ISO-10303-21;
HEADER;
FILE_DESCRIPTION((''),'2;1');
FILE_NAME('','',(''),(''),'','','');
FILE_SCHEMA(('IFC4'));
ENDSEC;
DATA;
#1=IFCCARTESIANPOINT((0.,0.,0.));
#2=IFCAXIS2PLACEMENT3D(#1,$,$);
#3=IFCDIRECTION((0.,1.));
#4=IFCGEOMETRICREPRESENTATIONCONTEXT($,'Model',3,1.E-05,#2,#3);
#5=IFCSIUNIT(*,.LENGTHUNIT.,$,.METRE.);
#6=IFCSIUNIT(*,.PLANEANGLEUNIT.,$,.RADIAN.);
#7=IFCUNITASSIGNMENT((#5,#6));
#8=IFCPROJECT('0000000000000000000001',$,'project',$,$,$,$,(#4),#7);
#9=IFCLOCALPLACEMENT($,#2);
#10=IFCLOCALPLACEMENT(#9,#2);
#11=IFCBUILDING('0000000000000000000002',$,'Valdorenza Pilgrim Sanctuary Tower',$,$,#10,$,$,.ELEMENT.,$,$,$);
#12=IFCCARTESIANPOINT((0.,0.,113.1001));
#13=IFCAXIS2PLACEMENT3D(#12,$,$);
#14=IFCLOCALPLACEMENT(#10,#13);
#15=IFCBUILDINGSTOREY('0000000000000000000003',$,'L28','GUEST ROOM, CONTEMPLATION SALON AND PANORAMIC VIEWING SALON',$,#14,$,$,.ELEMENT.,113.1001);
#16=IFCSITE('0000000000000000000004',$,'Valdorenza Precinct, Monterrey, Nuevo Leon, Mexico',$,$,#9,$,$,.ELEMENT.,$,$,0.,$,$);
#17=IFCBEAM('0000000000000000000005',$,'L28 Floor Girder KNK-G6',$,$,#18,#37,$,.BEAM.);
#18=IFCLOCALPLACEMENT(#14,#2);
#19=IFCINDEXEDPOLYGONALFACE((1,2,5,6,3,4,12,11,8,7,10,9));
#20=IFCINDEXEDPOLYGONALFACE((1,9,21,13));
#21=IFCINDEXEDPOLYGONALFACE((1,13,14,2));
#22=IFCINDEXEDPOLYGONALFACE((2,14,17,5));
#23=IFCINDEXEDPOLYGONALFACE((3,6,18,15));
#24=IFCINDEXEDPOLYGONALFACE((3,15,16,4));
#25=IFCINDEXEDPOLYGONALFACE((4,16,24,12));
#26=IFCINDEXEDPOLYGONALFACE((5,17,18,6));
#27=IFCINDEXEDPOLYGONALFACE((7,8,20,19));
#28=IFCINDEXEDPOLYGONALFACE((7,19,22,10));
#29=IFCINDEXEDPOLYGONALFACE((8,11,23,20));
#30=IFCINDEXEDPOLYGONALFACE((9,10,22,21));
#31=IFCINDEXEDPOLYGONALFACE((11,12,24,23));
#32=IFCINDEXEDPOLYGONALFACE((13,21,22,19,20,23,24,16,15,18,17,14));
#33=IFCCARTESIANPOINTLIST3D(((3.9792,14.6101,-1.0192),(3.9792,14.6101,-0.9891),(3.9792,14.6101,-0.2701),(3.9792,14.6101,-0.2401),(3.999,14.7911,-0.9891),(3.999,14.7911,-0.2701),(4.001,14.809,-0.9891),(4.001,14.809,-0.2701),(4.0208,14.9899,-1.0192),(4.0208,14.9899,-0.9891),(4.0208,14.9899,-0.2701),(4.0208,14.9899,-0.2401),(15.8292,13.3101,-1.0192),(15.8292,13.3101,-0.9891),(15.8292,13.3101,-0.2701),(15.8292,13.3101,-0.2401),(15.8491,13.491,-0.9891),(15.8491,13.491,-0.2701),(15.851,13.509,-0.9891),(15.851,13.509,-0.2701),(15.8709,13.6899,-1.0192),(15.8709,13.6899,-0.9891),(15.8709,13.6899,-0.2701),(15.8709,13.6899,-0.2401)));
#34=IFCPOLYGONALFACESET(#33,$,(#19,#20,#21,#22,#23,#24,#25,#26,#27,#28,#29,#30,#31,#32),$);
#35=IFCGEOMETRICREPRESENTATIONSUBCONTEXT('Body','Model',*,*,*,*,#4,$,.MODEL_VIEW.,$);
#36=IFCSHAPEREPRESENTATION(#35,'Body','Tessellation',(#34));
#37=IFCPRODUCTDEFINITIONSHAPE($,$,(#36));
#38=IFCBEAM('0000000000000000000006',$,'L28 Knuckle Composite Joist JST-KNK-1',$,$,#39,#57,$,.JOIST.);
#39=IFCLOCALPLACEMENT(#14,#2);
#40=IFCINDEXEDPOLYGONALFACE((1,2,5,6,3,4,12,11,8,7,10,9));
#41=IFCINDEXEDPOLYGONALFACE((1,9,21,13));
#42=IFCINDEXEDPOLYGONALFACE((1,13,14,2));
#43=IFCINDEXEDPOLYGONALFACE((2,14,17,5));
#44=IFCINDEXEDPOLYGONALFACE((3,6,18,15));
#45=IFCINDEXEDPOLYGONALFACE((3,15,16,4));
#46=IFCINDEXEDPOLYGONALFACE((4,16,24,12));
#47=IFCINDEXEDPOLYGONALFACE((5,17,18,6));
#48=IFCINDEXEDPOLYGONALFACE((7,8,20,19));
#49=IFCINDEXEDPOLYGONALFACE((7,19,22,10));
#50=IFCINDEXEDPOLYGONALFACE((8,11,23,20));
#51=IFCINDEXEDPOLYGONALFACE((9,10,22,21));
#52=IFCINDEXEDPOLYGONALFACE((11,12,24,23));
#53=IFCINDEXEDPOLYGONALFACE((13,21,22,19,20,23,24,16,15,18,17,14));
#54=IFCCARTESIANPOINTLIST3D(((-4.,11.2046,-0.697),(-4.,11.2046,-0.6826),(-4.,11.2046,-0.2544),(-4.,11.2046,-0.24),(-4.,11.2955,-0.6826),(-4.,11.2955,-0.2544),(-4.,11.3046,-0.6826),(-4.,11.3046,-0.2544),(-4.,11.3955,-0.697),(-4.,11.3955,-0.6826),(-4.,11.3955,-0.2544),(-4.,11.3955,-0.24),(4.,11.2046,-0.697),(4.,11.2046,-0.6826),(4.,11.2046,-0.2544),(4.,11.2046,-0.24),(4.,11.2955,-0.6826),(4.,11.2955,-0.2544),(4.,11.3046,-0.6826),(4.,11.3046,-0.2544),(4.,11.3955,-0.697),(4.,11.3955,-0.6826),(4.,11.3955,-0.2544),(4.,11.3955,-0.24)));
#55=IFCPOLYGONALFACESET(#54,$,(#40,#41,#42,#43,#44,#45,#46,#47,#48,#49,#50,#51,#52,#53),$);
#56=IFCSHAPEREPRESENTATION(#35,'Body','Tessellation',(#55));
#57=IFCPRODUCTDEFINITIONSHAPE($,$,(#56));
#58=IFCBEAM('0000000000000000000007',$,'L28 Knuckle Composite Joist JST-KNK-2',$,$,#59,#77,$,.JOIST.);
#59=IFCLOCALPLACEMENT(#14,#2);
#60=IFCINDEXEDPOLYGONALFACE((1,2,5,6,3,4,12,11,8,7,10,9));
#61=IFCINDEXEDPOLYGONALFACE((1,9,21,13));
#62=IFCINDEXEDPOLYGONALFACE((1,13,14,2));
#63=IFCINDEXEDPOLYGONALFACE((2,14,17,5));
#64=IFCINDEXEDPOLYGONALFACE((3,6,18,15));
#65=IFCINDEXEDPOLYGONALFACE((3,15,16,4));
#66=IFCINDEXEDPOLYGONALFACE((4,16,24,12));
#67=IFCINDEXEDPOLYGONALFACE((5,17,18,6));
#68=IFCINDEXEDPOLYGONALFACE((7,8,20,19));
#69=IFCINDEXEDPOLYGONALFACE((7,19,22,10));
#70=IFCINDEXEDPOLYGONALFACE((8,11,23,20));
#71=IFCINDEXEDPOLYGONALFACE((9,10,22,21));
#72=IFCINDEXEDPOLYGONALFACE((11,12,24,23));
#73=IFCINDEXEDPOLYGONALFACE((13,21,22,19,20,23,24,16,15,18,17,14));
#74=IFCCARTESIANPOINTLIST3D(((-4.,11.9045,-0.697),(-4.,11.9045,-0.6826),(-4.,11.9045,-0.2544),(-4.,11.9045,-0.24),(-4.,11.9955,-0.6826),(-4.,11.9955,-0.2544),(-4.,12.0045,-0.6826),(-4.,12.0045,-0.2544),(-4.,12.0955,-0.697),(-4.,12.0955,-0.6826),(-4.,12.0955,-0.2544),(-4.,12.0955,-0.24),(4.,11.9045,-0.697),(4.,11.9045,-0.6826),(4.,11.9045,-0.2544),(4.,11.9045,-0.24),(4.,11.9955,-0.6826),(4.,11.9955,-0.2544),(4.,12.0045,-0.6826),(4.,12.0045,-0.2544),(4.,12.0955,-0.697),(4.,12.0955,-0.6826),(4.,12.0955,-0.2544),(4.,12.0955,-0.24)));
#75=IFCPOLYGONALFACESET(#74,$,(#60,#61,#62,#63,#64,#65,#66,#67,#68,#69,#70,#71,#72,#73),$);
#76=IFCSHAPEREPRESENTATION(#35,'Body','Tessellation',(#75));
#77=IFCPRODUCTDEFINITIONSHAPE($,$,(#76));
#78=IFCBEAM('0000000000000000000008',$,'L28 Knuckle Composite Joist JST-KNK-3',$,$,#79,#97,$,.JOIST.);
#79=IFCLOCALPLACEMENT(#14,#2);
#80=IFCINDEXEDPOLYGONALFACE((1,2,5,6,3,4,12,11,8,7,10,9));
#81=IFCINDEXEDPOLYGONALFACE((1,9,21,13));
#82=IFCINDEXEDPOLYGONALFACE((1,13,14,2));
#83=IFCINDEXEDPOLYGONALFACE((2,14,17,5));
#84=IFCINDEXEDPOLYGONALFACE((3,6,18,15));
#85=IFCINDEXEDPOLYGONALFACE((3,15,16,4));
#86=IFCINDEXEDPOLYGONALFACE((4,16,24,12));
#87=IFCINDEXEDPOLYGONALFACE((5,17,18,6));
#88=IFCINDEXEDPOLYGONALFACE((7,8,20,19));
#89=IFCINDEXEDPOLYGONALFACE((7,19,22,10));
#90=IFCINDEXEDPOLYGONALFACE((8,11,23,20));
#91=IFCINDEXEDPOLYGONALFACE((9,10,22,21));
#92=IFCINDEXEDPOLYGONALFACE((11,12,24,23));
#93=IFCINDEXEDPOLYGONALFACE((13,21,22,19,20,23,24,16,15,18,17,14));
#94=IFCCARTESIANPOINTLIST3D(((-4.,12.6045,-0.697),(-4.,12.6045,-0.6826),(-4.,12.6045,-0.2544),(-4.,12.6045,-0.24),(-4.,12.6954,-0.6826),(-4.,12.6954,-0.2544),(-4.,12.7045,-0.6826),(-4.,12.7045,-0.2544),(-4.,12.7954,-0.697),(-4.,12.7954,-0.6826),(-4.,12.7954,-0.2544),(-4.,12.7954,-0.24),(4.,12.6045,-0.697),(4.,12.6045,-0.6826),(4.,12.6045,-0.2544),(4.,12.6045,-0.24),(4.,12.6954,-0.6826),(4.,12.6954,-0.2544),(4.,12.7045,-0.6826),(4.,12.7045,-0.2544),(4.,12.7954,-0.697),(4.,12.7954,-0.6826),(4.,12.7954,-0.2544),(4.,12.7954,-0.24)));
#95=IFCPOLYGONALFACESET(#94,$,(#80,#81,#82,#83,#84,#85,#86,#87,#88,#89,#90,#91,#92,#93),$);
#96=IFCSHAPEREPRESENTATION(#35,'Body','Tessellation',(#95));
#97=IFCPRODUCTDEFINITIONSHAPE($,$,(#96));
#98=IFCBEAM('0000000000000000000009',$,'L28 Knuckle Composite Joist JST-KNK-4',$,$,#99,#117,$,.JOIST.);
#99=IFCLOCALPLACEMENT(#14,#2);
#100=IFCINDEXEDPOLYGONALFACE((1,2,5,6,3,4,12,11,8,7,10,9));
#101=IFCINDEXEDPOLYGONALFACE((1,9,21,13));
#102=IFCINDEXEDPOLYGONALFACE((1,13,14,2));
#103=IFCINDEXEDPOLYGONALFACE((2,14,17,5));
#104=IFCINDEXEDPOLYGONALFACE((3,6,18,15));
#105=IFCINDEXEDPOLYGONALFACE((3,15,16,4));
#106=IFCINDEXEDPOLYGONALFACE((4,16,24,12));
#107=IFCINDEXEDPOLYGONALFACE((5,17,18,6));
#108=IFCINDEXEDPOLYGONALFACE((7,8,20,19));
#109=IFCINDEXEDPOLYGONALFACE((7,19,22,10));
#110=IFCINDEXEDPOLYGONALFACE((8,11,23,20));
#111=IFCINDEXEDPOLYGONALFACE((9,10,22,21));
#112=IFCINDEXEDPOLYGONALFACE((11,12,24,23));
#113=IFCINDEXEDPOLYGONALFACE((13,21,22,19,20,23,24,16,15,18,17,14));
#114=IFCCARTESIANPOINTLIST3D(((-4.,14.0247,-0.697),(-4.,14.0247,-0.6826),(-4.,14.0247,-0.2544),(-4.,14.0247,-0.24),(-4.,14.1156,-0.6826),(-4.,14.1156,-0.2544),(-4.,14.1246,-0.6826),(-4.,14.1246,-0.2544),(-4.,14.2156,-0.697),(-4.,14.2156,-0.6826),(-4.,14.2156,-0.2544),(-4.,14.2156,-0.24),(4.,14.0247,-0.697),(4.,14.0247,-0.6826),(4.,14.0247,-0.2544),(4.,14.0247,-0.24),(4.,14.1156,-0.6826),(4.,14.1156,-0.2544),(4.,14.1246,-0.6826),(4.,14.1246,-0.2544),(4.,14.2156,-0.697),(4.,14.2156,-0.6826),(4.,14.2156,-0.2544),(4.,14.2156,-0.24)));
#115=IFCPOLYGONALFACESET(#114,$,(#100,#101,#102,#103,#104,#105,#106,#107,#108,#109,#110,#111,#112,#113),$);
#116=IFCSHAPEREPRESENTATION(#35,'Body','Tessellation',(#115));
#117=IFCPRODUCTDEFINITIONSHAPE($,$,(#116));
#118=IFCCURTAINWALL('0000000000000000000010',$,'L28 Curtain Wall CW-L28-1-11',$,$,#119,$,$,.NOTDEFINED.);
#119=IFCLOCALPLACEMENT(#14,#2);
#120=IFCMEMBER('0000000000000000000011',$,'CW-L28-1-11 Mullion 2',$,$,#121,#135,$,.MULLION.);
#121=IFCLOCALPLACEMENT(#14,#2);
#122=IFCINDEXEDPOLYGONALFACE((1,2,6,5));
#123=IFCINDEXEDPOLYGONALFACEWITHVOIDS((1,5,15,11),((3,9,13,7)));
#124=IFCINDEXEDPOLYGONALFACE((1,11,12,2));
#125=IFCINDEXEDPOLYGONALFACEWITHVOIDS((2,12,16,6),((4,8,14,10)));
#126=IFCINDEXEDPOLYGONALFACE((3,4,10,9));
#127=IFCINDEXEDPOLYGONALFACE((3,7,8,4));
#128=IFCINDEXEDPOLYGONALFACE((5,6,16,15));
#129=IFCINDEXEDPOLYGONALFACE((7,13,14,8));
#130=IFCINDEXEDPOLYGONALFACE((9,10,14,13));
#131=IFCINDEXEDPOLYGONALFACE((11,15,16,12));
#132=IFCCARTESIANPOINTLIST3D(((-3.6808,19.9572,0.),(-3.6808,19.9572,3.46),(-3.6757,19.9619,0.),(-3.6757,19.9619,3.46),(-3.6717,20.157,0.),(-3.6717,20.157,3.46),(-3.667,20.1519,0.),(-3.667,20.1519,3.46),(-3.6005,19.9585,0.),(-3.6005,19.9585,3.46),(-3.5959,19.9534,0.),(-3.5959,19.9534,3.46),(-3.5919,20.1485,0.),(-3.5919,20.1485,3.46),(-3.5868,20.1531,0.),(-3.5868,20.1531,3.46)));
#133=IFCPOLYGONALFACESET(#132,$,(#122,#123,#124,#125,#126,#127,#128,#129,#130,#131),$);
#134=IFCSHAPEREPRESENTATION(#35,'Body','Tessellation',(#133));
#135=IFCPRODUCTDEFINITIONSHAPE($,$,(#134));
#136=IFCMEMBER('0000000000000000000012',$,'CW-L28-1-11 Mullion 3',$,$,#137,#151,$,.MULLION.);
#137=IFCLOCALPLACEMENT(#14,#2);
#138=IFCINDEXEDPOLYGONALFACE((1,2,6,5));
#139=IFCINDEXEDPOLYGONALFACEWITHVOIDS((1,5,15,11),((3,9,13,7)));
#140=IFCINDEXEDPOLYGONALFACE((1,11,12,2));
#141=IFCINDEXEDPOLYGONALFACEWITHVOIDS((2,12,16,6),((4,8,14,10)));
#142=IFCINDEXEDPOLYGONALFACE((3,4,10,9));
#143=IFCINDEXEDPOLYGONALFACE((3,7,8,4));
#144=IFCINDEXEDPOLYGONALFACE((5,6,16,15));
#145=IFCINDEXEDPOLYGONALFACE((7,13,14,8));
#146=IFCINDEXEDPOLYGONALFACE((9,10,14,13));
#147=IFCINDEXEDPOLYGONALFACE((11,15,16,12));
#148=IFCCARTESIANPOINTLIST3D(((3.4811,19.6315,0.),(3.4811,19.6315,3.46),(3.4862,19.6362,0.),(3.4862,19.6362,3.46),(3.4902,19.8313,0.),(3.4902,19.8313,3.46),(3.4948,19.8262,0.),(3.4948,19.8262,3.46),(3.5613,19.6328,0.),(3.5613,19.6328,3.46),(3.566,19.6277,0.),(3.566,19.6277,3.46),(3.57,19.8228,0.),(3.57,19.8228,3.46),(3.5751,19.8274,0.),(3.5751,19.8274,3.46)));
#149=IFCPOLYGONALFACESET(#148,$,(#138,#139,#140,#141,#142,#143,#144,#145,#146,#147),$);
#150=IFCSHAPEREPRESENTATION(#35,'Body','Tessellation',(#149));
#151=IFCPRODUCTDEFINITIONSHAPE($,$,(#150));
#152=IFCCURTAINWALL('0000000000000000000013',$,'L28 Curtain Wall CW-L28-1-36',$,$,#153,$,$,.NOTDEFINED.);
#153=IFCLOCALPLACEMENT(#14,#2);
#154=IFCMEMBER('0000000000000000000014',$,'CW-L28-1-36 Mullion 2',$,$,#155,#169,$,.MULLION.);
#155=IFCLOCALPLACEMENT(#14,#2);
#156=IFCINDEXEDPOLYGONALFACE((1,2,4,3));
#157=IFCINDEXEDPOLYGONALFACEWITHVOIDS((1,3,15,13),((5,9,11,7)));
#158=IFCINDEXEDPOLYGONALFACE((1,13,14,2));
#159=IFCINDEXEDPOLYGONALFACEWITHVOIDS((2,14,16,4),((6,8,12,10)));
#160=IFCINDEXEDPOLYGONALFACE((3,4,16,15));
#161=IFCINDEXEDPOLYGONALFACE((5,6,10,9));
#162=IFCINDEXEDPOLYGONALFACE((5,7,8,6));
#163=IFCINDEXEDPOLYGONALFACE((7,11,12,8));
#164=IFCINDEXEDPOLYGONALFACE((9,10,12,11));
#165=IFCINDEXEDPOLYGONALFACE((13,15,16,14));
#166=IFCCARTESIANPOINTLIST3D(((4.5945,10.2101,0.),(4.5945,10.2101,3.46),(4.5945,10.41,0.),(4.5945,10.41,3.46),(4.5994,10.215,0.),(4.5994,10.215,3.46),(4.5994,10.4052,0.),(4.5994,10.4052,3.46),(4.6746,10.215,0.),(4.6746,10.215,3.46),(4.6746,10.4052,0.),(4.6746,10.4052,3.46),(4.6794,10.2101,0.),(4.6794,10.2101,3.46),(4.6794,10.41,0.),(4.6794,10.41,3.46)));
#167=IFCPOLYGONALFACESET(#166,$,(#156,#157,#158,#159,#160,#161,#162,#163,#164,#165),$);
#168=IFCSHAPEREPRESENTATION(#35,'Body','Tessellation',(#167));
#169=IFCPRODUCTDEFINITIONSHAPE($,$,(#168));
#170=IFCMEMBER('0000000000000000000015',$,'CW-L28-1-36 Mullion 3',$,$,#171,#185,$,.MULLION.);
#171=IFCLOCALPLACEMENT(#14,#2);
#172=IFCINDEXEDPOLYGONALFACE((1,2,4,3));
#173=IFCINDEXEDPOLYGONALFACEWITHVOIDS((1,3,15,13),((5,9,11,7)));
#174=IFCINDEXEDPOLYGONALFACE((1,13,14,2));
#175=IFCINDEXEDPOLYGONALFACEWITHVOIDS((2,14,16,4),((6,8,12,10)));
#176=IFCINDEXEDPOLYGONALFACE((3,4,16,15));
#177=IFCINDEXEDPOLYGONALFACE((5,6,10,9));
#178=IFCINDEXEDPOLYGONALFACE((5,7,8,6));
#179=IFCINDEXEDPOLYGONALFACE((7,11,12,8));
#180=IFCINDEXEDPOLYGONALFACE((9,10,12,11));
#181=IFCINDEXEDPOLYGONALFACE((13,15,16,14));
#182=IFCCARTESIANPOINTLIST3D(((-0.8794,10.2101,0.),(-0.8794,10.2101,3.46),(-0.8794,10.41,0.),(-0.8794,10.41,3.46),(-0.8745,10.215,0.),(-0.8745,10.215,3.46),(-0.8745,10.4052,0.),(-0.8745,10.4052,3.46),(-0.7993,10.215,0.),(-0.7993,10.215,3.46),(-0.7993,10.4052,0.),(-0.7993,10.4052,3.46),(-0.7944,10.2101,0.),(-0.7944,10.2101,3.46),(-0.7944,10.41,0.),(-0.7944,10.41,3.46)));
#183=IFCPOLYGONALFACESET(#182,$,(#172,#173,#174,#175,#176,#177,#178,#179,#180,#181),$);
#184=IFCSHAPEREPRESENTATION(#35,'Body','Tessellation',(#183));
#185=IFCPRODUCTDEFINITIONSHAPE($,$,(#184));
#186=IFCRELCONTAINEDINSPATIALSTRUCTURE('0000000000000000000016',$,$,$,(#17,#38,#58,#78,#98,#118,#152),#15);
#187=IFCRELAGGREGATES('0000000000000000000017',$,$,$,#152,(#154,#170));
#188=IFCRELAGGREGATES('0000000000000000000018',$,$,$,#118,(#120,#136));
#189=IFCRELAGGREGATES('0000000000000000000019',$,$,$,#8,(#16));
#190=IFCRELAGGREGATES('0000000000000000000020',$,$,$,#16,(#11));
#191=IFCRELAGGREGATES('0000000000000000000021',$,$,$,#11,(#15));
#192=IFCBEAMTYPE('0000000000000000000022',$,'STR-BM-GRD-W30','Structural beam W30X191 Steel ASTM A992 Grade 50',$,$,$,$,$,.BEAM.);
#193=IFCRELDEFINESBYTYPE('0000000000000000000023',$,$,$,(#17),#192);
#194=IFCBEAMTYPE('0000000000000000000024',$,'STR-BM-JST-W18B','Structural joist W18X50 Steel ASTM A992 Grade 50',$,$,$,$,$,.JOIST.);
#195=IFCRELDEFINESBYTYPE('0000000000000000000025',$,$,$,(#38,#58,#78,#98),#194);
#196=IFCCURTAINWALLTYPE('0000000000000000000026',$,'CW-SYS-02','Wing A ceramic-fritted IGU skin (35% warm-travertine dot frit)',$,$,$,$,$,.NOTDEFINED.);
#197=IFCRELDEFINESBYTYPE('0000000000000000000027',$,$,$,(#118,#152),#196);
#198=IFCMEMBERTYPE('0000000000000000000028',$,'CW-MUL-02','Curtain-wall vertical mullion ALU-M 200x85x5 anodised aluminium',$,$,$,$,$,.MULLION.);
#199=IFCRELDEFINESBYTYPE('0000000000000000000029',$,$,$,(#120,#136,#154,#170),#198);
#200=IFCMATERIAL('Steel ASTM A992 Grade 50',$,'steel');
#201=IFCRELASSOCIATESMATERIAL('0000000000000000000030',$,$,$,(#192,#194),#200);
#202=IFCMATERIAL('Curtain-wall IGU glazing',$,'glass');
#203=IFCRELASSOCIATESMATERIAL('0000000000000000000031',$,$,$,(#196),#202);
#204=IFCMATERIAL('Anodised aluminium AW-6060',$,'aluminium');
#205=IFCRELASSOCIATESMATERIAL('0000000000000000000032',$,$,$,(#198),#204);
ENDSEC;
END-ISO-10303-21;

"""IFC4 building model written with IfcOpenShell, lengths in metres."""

from ifc_helpers import new_model, si_unit, direction, frame, origin, origin_2d, place, context, subcontext, project, spatial, hollow_rectangle, i_section, extrude, source, transform, mapped, material, material_profile, profile_set, type_object, element, aggregate, save


model = new_model("IFC4")

# Units and contexts
model_context = context("Model", 3, precision=1e-05, world=origin(), true_north=direction((0.0, 1.0)))
body_context = subcontext(model_context, "Body", "Model", "MODEL_VIEW")
ifc_project = project(units=[si_unit("LENGTHUNIT", "METRE"), si_unit("PLANEANGLEUNIT", "RADIAN")], contexts=[model_context])

# Site, building, storey
site_placement = place(None, origin())
site = spatial("IfcSite", under=ifc_project, at=site_placement, Name="Valdorenza Precinct, Monterrey, Nuevo Leon, Mexico", CompositionType="ELEMENT", RefElevation=0.0)
building_placement = place(site_placement, origin())
building = spatial("IfcBuilding", under=site, at=building_placement, Name="Valdorenza Pilgrim Sanctuary Tower", CompositionType="ELEMENT")
storey_placement = place(building_placement, frame((0.0, 0.0, 113.1001)))
storey = spatial("IfcBuildingStorey", under=building, at=storey_placement, Name="L28", Description="GUEST ROOM, CONTEMPLATION SALON AND PANORAMIC VIEWING SALON", CompositionType="ELEMENT", Elevation=113.1001)

# Shared definitions
ifc_material_1 = material(Name="Steel ASTM A992 Grade 50", Category="steel")

# Beams
ifc_material_profile_1 = material_profile(ifc_material_1, i_section(OverallWidth=0.3821, OverallDepth=0.7791, WebThickness=0.0181, FlangeThickness=0.03, at=origin_2d()), Name="W30X191")
ifc_profile_set_1 = profile_set([ifc_material_profile_1], Name="Steel ASTM A992 Grade 50")
beam_type_1 = type_object("IfcBeamType", Name="STR-BM-GRD-W30", Description="Structural beam W30X191 Steel ASTM A992 Grade 50", PredefinedType="BEAM", material=ifc_profile_set_1)
shared_shape_1 = source(origin(), body_context, "Body", "SweptSolid", [
    extrude(i_section(OverallWidth=0.3821, OverallDepth=0.7791, WebThickness=0.0181, FlangeThickness=0.03, at=origin_2d()), origin(), (0.0, 0.0, 1.0), 11.9211),
])
beam_1_placement = place(storey_placement, frame((4.0, 14.8, -0.6296), z_axis=(0.994036, -0.109054, 0.0), x_axis=(0.109054, 0.994036, 0.0)))
element("IfcBeam", 1, at=beam_1_placement, inside=storey, type_object=beam_type_1, Name="L28 Floor Girder KNK-G6", PredefinedType="BEAM", context=body_context, shape_type="MappedRepresentation", body=[
    mapped(shared_shape_1, transform((0.0, 0.0, 0.0), x_axis=(1.0, 0.0, 0.0), y_axis=(0.0, 1.0, 0.0), z_axis=(0.0, 0.0, 1.0), scale=1.0)),
])
ifc_material_profile_2 = material_profile(ifc_material_1, i_section(OverallWidth=0.1909, OverallDepth=0.457, WebThickness=0.009, FlangeThickness=0.0144, at=origin_2d()), Name="W18X50")
ifc_profile_set_2 = profile_set([ifc_material_profile_2], Name="Steel ASTM A992 Grade 50")
beam_type_2 = type_object("IfcBeamType", Name="STR-BM-JST-W18B", Description="Structural joist W18X50 Steel ASTM A992 Grade 50", PredefinedType="JOIST", material=ifc_profile_set_2)
shared_shape_2 = source(origin(), body_context, "Body", "SweptSolid", [
    extrude(i_section(OverallWidth=0.1909, OverallDepth=0.457, WebThickness=0.009, FlangeThickness=0.0144, at=origin_2d()), origin(), (0.0, 0.0, 1.0), 8.0),
])
for number, where, z_axis, x_axis, name in (
    (2, (-4.0, 11.3, -0.4685), (1.0, 0.0, 0.0), (0.0, 1.0, 0.0), "L28 Knuckle Composite Joist JST-KNK-1"),
    (3, (-4.0, 12.0, -0.4685), (1.0, 0.0, 0.0), (0.0, 1.0, 0.0), "L28 Knuckle Composite Joist JST-KNK-2"),
    (4, (-4.0, 12.7, -0.4685), (1.0, 0.0, 0.0), (0.0, 1.0, 0.0), "L28 Knuckle Composite Joist JST-KNK-3"),
    (5, (-4.0, 14.1201, -0.4685), (1.0, 0.0, 0.0), (0.0, 1.0, 0.0), "L28 Knuckle Composite Joist JST-KNK-4"),
):
    element("IfcBeam", number, at=place(storey_placement, frame(where, z_axis=z_axis, x_axis=x_axis)), inside=storey, type_object=beam_type_2, Name=name, PredefinedType="JOIST", context=body_context, shape_type="MappedRepresentation", body=[
        mapped(shared_shape_2, transform((0.0, 0.0, 0.0), x_axis=(1.0, 0.0, 0.0), y_axis=(0.0, 1.0, 0.0), z_axis=(0.0, 0.0, 1.0), scale=1.0)),
    ])

# Curtain wall, members
ifc_material_2 = material(Name="Curtain-wall IGU glazing", Category="glass")
curtain_wall_type = type_object("IfcCurtainWallType", Name="CW-SYS-02", Description="Wing A ceramic-fritted IGU skin (35% warm-travertine dot frit)", PredefinedType="NOTDEFINED", material=ifc_material_2)
curtain_wall_1_placement = place(storey_placement, origin())
curtain_wall_1 = element("IfcCurtainWall", 6, at=curtain_wall_1_placement, inside=storey, type_object=curtain_wall_type, Name="L28 Curtain Wall CW-L28-1-11", PredefinedType="NOTDEFINED")
ifc_material_3 = material(Name="Anodised aluminium AW-6060", Category="aluminium")
ifc_material_profile_3 = material_profile(ifc_material_3, hollow_rectangle(XDim=0.085, YDim=0.2, WallThickness=0.0049, at=origin_2d()), Name="ALU-M 200x85x5")
ifc_profile_set_3 = profile_set([ifc_material_profile_3], Name="Anodised aluminium AW-6060")
member_type = type_object("IfcMemberType", Name="CW-MUL-02", Description="Curtain-wall vertical mullion ALU-M 200x85x5 anodised aluminium", PredefinedType="MULLION", material=ifc_profile_set_3)
shared_shape_3 = source(origin(), body_context, "Body", "SweptSolid", [
    extrude(hollow_rectangle(XDim=0.085, YDim=0.2, WallThickness=0.0049, at=origin_2d()), origin(), (0.0, 0.0, 1.0), 3.46),
])
member_1_placement = place(storey_placement, frame((-3.6338, 20.0552, 0.0), z_axis=(0.0, 0.0, 1.0), x_axis=(0.998968, -0.045415, 0.0)))
member_1 = element("IfcMember", 7, at=member_1_placement, type_object=member_type, Name="CW-L28-1-11 Mullion 2", PredefinedType="MULLION", context=body_context, shape_type="MappedRepresentation", body=[
    mapped(shared_shape_3, transform((0.0, 0.0, 0.0), x_axis=(1.0, 0.0, 0.0), y_axis=(0.0, 1.0, 0.0), z_axis=(0.0, 0.0, 1.0), scale=1.0)),
])
member_2_placement = place(storey_placement, frame((3.5281, 19.7295, 0.0), z_axis=(0.0, 0.0, 1.0), x_axis=(0.998968, -0.045415, 0.0)))
member_2 = element("IfcMember", 8, at=member_2_placement, type_object=member_type, Name="CW-L28-1-11 Mullion 3", PredefinedType="MULLION", context=body_context, shape_type="MappedRepresentation", body=[
    mapped(shared_shape_3, transform((0.0, 0.0, 0.0), x_axis=(1.0, 0.0, 0.0), y_axis=(0.0, 1.0, 0.0), z_axis=(0.0, 0.0, 1.0), scale=1.0)),
])

# Curtain wall, members
curtain_wall_2_placement = place(storey_placement, origin())
curtain_wall_2 = element("IfcCurtainWall", 9, at=curtain_wall_2_placement, inside=storey, type_object=curtain_wall_type, Name="L28 Curtain Wall CW-L28-1-36", PredefinedType="NOTDEFINED")
member_3_placement = place(storey_placement, frame((4.637, 10.3101, 0.0), z_axis=(0.0, 0.0, 1.0), x_axis=(-1.0, 0.0, 0.0)))
member_3 = element("IfcMember", 10, at=member_3_placement, type_object=member_type, Name="CW-L28-1-36 Mullion 2", PredefinedType="MULLION", context=body_context, shape_type="MappedRepresentation", body=[
    mapped(shared_shape_3, transform((0.0, 0.0, 0.0), x_axis=(1.0, 0.0, 0.0), y_axis=(0.0, 1.0, 0.0), z_axis=(0.0, 0.0, 1.0), scale=1.0)),
])
member_4_placement = place(storey_placement, frame((-0.8369, 10.3101, 0.0), z_axis=(0.0, 0.0, 1.0), x_axis=(-1.0, 0.0, 0.0)))
member_4 = element("IfcMember", 11, at=member_4_placement, type_object=member_type, Name="CW-L28-1-36 Mullion 3", PredefinedType="MULLION", context=body_context, shape_type="MappedRepresentation", body=[
    mapped(shared_shape_3, transform((0.0, 0.0, 0.0), x_axis=(1.0, 0.0, 0.0), y_axis=(0.0, 1.0, 0.0), z_axis=(0.0, 0.0, 1.0), scale=1.0)),
])
aggregate(curtain_wall_2, [member_3, member_4])

aggregate(curtain_wall_1, [member_1, member_2])

save(model, "model.ifc")
